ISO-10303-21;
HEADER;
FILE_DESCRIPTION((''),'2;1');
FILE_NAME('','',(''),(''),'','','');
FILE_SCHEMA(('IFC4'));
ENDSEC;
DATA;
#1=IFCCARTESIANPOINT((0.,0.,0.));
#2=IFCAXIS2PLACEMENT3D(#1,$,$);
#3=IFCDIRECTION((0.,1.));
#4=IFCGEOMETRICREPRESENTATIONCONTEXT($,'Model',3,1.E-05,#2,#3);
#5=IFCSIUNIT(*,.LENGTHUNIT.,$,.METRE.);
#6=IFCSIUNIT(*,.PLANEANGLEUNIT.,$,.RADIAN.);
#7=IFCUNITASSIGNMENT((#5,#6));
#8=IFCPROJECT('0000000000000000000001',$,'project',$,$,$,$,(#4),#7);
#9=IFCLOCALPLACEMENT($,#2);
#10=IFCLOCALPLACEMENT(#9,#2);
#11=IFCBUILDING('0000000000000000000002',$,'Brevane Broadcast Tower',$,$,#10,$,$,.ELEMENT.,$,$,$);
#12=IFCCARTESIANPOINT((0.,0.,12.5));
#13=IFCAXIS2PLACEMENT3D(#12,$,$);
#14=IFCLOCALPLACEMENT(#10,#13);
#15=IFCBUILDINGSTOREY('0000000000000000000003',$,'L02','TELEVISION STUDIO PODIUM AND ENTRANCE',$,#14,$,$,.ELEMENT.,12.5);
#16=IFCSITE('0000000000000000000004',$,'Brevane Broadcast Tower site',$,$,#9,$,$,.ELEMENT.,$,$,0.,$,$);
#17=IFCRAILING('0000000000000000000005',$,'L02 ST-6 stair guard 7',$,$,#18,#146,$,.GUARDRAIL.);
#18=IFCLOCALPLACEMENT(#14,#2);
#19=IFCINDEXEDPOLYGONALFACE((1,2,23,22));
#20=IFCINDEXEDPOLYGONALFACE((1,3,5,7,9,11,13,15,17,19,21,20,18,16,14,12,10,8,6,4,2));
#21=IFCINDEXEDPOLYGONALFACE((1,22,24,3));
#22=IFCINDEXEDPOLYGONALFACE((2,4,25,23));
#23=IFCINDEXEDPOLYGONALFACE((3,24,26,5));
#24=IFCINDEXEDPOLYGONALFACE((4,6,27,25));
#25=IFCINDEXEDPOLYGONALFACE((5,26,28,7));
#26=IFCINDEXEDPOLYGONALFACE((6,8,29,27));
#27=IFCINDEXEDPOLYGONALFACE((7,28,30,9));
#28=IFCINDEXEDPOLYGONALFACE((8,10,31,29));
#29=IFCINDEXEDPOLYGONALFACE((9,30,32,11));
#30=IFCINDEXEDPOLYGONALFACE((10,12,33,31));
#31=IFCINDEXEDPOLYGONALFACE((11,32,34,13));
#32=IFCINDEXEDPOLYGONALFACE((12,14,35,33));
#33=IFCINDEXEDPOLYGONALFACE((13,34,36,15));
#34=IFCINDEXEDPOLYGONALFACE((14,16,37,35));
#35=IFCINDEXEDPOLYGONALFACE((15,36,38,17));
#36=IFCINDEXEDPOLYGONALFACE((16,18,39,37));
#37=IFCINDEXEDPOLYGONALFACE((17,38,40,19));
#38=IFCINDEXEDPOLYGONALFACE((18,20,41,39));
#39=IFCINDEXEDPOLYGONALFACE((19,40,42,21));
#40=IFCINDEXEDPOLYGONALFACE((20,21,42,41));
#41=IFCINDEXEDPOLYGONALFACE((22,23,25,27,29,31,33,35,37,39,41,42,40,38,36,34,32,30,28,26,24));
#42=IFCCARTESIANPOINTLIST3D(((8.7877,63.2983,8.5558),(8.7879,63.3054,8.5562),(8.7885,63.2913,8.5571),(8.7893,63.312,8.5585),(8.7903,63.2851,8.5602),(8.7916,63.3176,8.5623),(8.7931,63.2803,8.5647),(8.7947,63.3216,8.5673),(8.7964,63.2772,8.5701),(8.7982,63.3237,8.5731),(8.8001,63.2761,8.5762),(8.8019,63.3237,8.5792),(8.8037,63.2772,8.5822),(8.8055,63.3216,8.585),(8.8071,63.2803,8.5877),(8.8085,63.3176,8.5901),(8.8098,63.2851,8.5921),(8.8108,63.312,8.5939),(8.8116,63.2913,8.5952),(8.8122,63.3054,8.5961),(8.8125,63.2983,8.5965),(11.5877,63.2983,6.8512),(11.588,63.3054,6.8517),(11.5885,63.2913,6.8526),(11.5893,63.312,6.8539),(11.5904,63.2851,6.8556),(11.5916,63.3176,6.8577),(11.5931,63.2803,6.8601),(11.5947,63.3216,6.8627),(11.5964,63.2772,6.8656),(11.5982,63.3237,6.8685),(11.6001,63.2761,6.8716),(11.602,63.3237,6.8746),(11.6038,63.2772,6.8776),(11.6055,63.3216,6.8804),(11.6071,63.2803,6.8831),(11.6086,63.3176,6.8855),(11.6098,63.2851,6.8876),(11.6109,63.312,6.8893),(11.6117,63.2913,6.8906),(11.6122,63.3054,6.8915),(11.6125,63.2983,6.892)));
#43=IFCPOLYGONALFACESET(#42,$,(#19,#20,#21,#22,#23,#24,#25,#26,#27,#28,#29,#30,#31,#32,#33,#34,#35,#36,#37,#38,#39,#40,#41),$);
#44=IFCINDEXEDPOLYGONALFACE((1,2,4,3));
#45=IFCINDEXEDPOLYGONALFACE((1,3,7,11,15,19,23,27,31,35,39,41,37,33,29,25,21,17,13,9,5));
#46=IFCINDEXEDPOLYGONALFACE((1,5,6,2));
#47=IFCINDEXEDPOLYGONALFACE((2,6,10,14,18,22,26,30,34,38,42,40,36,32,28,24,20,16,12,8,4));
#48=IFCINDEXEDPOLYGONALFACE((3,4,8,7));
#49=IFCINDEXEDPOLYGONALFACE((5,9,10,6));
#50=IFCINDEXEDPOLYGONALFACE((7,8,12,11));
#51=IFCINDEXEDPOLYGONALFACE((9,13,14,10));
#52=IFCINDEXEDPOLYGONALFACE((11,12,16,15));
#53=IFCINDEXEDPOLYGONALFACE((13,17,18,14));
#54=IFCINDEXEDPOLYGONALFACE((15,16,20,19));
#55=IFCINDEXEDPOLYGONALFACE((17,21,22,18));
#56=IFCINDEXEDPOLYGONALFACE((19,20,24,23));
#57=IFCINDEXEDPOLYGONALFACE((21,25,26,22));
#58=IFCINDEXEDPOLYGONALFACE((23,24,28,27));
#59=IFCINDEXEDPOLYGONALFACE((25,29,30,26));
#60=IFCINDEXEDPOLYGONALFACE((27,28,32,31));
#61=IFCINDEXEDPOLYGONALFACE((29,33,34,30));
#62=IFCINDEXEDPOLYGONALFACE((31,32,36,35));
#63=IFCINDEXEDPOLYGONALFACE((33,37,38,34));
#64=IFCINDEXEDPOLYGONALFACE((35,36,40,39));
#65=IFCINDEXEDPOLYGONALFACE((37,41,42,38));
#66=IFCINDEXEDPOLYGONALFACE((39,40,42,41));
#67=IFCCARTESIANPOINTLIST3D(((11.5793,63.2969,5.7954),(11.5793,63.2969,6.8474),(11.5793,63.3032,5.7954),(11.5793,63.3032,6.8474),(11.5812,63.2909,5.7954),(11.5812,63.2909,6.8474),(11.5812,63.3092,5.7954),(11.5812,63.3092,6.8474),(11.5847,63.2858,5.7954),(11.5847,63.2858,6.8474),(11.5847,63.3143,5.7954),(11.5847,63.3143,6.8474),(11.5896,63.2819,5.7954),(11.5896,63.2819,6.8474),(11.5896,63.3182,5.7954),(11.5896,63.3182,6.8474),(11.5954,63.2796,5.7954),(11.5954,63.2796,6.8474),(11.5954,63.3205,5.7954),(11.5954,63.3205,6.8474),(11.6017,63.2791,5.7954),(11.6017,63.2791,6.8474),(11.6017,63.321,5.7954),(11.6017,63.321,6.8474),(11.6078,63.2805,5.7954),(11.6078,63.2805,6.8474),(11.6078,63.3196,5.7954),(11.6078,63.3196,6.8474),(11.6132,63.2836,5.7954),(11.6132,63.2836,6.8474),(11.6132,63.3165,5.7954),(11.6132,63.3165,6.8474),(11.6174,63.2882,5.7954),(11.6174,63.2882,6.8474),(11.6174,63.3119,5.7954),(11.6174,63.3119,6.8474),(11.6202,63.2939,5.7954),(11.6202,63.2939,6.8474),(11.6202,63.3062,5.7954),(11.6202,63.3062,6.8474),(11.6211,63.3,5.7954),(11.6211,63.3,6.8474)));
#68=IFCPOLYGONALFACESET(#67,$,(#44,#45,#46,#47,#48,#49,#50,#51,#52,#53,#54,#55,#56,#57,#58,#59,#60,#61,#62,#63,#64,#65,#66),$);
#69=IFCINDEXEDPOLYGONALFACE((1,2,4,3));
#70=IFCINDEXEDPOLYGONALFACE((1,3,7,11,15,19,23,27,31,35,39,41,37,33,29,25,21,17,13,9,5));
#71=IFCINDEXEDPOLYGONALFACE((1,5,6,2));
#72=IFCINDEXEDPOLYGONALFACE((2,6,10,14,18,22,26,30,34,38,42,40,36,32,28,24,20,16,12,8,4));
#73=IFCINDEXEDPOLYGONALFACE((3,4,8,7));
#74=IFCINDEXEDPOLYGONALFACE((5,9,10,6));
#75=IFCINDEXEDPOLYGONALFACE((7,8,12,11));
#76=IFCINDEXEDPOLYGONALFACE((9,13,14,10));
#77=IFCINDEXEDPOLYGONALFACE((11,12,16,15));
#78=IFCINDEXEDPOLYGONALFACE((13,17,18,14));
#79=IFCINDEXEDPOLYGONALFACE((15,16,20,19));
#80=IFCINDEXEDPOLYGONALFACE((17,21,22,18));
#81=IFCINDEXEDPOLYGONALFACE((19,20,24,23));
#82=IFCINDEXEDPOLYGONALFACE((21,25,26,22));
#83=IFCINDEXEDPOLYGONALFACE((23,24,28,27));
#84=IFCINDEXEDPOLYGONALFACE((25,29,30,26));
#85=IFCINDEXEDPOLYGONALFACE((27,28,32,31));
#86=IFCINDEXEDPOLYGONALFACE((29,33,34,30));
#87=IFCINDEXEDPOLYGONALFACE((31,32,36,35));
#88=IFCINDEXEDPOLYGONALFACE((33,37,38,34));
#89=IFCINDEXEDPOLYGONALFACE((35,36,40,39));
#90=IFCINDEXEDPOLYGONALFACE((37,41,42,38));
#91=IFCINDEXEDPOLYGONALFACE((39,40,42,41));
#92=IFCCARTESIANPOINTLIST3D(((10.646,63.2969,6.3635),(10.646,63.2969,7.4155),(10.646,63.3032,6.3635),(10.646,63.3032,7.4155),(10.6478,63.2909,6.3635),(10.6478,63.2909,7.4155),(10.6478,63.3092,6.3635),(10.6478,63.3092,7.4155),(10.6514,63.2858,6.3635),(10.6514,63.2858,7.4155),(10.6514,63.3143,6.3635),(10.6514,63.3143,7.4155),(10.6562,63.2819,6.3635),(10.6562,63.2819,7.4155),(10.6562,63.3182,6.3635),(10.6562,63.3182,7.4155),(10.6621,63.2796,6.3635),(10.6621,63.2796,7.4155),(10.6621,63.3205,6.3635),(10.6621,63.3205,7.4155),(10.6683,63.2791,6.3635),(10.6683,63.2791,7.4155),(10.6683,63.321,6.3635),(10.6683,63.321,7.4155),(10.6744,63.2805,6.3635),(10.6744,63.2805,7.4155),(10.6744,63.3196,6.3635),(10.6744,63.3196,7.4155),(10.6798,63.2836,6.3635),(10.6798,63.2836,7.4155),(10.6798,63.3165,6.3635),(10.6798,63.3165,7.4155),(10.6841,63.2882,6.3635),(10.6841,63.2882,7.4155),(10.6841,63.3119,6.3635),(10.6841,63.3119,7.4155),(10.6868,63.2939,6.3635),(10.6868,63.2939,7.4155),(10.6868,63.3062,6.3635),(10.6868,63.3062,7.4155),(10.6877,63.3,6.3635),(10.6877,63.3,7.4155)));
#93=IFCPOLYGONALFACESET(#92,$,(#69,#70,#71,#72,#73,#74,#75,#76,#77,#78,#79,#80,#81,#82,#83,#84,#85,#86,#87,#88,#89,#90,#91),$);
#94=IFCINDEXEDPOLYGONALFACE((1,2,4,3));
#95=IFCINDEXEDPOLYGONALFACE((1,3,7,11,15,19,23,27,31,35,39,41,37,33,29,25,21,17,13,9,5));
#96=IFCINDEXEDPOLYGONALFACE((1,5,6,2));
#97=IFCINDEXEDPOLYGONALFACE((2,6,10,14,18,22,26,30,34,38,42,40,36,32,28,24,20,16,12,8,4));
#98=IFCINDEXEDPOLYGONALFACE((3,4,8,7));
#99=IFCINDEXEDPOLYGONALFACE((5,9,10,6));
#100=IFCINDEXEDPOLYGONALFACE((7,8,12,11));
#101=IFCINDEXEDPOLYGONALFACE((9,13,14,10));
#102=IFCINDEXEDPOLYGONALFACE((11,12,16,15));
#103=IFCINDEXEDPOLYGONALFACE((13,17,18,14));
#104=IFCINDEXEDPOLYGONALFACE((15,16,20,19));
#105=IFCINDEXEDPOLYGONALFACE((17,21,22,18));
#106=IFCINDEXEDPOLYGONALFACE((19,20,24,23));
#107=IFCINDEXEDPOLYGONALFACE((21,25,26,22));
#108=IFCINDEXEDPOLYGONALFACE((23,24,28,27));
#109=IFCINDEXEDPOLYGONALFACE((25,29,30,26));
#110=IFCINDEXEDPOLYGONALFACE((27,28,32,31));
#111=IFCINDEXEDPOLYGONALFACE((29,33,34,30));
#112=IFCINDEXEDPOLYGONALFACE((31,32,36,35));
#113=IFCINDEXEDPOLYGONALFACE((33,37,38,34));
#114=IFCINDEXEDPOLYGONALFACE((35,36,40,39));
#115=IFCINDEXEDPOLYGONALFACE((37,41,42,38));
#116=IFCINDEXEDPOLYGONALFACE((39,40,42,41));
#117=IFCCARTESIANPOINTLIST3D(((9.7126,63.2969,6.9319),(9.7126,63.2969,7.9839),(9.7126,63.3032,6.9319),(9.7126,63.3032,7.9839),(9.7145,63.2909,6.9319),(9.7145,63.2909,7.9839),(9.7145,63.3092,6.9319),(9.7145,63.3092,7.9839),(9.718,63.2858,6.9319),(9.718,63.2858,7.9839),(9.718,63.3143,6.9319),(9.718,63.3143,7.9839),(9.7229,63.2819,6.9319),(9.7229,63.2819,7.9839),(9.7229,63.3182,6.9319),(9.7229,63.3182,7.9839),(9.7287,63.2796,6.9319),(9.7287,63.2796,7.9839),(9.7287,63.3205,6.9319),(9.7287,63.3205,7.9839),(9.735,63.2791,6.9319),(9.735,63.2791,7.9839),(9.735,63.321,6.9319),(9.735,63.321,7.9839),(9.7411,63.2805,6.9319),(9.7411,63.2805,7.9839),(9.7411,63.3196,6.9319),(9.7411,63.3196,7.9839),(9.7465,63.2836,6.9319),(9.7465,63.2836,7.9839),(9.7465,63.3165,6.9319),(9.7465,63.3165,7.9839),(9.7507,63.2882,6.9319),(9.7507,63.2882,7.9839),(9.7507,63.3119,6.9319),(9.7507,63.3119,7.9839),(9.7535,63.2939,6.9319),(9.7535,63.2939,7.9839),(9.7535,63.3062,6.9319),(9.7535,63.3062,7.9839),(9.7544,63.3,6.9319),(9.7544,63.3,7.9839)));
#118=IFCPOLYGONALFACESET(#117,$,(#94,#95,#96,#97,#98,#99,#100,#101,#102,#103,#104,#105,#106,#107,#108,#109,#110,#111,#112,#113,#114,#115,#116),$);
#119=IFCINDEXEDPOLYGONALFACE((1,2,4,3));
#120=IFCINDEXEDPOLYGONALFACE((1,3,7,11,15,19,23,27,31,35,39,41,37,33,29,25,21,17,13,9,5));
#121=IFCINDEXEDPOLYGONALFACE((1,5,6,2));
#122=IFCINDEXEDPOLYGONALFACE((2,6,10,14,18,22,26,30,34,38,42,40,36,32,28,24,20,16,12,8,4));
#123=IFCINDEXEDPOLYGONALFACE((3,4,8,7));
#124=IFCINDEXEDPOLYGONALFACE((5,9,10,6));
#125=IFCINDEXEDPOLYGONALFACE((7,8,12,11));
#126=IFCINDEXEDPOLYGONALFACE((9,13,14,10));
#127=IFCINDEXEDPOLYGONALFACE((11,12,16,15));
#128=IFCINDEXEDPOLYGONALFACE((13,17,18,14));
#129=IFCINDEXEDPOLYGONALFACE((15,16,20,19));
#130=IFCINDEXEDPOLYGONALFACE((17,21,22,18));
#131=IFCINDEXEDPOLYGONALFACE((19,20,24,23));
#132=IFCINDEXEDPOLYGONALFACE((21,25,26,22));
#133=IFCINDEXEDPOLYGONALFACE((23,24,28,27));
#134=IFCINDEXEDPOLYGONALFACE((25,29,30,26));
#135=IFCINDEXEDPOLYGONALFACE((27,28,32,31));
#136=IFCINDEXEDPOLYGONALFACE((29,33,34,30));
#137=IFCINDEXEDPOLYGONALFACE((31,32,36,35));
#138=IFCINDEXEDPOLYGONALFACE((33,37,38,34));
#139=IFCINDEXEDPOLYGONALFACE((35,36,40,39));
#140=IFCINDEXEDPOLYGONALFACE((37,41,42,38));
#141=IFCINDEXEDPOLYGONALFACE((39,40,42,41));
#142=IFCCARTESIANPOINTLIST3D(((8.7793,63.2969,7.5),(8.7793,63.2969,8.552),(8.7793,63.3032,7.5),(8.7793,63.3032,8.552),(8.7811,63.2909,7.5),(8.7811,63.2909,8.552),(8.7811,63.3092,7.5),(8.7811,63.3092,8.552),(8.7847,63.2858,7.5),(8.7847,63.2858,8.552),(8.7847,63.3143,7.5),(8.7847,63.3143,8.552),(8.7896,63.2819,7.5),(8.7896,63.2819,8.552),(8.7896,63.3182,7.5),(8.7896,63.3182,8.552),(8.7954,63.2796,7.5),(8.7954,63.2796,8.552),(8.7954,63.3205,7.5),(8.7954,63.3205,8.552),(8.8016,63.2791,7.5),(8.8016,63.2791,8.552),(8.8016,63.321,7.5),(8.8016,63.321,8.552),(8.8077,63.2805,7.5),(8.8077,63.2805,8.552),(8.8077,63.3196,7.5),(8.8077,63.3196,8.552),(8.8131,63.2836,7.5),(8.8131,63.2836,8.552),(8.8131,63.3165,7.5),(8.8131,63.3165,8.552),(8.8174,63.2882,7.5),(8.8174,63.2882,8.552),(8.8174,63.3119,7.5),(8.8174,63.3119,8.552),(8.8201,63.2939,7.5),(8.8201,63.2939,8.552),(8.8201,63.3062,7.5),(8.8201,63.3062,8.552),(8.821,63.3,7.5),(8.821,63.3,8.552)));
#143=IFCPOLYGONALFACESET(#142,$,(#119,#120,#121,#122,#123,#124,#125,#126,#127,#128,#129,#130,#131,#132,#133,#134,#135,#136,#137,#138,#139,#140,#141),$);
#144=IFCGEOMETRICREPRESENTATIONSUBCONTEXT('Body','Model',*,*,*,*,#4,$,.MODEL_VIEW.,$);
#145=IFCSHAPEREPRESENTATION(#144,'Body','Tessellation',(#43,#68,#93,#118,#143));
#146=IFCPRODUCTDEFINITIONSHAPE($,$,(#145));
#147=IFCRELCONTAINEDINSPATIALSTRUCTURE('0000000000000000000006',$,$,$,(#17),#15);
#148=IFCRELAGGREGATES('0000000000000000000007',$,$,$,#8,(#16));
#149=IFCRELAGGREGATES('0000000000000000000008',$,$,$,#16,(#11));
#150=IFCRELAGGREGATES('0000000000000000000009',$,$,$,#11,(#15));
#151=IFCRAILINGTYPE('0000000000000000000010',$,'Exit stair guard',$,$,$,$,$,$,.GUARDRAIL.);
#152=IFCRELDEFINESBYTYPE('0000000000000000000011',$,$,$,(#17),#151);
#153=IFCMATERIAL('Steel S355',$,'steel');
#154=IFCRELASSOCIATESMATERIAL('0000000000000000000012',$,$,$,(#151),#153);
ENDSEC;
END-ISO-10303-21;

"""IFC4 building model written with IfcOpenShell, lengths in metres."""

from ifc_helpers import new_model, si_unit, direction, frame, origin, origin_2d, place, context, subcontext, project, spatial, circle, extrude, material, type_object, element, save


model = new_model("IFC4")

# Units and contexts
model_context = context("Model", 3, precision=1e-05, world=origin(), true_north=direction((0.0, 1.0)))
body_context = subcontext(model_context, "Body", "Model", "MODEL_VIEW")
ifc_project = project(units=[si_unit("LENGTHUNIT", "METRE"), si_unit("PLANEANGLEUNIT", "RADIAN")], contexts=[model_context])

# Site, building, storey
site_placement = place(None, origin())
site = spatial("IfcSite", under=ifc_project, at=site_placement, Name="Brevane Broadcast Tower site", CompositionType="ELEMENT", RefElevation=0.0)
building_placement = place(site_placement, origin())
building = spatial("IfcBuilding", under=site, at=building_placement, Name="Brevane Broadcast Tower", CompositionType="ELEMENT")
storey_placement = place(building_placement, frame((0.0, 0.0, 12.5)))
storey = spatial("IfcBuildingStorey", under=building, at=storey_placement, Name="L02", Description="TELEVISION STUDIO PODIUM AND ENTRANCE", CompositionType="ELEMENT", Elevation=12.5)

# Railing
ifc_material_1 = material(Name="Steel S355", Category="steel")
railing_type_1 = type_object("IfcRailingType", Name="Exit stair guard", PredefinedType="GUARDRAIL", material=ifc_material_1)
railing_1_placement = place(storey_placement, frame((11.6001, 63.3, 5.7954)))
element("IfcRailing", 1, at=railing_1_placement, inside=storey, type_object=railing_type_1, Name="L02 ST-6 stair guard 7", PredefinedType="GUARDRAIL", context=body_context, shape_type="SweptSolid", body=[
    extrude(circle(Radius=0.0239, at=origin_2d()), frame((0.0, 0.0, 1.0762), z_axis=(-0.85417, 0.0, 0.519994), x_axis=(0.0, -1.0, 0.0)), (0.0, 0.0, 1.0), 3.2781),
    extrude(circle(Radius=0.021, at=origin_2d()), origin(), (0.0, 0.0, 1.0), 1.052),
    extrude(circle(Radius=0.021, at=origin_2d()), frame((-0.9333, 0.0, 0.5681)), (0.0, 0.0, 1.0), 1.052),
    extrude(circle(Radius=0.021, at=origin_2d()), frame((-1.8667, 0.0, 1.1365)), (0.0, 0.0, 1.0), 1.052),
    extrude(circle(Radius=0.021, at=origin_2d()), frame((-2.8, 0.0, 1.7046)), (0.0, 0.0, 1.0), 1.052),
])

save(model, "model.ifc")
